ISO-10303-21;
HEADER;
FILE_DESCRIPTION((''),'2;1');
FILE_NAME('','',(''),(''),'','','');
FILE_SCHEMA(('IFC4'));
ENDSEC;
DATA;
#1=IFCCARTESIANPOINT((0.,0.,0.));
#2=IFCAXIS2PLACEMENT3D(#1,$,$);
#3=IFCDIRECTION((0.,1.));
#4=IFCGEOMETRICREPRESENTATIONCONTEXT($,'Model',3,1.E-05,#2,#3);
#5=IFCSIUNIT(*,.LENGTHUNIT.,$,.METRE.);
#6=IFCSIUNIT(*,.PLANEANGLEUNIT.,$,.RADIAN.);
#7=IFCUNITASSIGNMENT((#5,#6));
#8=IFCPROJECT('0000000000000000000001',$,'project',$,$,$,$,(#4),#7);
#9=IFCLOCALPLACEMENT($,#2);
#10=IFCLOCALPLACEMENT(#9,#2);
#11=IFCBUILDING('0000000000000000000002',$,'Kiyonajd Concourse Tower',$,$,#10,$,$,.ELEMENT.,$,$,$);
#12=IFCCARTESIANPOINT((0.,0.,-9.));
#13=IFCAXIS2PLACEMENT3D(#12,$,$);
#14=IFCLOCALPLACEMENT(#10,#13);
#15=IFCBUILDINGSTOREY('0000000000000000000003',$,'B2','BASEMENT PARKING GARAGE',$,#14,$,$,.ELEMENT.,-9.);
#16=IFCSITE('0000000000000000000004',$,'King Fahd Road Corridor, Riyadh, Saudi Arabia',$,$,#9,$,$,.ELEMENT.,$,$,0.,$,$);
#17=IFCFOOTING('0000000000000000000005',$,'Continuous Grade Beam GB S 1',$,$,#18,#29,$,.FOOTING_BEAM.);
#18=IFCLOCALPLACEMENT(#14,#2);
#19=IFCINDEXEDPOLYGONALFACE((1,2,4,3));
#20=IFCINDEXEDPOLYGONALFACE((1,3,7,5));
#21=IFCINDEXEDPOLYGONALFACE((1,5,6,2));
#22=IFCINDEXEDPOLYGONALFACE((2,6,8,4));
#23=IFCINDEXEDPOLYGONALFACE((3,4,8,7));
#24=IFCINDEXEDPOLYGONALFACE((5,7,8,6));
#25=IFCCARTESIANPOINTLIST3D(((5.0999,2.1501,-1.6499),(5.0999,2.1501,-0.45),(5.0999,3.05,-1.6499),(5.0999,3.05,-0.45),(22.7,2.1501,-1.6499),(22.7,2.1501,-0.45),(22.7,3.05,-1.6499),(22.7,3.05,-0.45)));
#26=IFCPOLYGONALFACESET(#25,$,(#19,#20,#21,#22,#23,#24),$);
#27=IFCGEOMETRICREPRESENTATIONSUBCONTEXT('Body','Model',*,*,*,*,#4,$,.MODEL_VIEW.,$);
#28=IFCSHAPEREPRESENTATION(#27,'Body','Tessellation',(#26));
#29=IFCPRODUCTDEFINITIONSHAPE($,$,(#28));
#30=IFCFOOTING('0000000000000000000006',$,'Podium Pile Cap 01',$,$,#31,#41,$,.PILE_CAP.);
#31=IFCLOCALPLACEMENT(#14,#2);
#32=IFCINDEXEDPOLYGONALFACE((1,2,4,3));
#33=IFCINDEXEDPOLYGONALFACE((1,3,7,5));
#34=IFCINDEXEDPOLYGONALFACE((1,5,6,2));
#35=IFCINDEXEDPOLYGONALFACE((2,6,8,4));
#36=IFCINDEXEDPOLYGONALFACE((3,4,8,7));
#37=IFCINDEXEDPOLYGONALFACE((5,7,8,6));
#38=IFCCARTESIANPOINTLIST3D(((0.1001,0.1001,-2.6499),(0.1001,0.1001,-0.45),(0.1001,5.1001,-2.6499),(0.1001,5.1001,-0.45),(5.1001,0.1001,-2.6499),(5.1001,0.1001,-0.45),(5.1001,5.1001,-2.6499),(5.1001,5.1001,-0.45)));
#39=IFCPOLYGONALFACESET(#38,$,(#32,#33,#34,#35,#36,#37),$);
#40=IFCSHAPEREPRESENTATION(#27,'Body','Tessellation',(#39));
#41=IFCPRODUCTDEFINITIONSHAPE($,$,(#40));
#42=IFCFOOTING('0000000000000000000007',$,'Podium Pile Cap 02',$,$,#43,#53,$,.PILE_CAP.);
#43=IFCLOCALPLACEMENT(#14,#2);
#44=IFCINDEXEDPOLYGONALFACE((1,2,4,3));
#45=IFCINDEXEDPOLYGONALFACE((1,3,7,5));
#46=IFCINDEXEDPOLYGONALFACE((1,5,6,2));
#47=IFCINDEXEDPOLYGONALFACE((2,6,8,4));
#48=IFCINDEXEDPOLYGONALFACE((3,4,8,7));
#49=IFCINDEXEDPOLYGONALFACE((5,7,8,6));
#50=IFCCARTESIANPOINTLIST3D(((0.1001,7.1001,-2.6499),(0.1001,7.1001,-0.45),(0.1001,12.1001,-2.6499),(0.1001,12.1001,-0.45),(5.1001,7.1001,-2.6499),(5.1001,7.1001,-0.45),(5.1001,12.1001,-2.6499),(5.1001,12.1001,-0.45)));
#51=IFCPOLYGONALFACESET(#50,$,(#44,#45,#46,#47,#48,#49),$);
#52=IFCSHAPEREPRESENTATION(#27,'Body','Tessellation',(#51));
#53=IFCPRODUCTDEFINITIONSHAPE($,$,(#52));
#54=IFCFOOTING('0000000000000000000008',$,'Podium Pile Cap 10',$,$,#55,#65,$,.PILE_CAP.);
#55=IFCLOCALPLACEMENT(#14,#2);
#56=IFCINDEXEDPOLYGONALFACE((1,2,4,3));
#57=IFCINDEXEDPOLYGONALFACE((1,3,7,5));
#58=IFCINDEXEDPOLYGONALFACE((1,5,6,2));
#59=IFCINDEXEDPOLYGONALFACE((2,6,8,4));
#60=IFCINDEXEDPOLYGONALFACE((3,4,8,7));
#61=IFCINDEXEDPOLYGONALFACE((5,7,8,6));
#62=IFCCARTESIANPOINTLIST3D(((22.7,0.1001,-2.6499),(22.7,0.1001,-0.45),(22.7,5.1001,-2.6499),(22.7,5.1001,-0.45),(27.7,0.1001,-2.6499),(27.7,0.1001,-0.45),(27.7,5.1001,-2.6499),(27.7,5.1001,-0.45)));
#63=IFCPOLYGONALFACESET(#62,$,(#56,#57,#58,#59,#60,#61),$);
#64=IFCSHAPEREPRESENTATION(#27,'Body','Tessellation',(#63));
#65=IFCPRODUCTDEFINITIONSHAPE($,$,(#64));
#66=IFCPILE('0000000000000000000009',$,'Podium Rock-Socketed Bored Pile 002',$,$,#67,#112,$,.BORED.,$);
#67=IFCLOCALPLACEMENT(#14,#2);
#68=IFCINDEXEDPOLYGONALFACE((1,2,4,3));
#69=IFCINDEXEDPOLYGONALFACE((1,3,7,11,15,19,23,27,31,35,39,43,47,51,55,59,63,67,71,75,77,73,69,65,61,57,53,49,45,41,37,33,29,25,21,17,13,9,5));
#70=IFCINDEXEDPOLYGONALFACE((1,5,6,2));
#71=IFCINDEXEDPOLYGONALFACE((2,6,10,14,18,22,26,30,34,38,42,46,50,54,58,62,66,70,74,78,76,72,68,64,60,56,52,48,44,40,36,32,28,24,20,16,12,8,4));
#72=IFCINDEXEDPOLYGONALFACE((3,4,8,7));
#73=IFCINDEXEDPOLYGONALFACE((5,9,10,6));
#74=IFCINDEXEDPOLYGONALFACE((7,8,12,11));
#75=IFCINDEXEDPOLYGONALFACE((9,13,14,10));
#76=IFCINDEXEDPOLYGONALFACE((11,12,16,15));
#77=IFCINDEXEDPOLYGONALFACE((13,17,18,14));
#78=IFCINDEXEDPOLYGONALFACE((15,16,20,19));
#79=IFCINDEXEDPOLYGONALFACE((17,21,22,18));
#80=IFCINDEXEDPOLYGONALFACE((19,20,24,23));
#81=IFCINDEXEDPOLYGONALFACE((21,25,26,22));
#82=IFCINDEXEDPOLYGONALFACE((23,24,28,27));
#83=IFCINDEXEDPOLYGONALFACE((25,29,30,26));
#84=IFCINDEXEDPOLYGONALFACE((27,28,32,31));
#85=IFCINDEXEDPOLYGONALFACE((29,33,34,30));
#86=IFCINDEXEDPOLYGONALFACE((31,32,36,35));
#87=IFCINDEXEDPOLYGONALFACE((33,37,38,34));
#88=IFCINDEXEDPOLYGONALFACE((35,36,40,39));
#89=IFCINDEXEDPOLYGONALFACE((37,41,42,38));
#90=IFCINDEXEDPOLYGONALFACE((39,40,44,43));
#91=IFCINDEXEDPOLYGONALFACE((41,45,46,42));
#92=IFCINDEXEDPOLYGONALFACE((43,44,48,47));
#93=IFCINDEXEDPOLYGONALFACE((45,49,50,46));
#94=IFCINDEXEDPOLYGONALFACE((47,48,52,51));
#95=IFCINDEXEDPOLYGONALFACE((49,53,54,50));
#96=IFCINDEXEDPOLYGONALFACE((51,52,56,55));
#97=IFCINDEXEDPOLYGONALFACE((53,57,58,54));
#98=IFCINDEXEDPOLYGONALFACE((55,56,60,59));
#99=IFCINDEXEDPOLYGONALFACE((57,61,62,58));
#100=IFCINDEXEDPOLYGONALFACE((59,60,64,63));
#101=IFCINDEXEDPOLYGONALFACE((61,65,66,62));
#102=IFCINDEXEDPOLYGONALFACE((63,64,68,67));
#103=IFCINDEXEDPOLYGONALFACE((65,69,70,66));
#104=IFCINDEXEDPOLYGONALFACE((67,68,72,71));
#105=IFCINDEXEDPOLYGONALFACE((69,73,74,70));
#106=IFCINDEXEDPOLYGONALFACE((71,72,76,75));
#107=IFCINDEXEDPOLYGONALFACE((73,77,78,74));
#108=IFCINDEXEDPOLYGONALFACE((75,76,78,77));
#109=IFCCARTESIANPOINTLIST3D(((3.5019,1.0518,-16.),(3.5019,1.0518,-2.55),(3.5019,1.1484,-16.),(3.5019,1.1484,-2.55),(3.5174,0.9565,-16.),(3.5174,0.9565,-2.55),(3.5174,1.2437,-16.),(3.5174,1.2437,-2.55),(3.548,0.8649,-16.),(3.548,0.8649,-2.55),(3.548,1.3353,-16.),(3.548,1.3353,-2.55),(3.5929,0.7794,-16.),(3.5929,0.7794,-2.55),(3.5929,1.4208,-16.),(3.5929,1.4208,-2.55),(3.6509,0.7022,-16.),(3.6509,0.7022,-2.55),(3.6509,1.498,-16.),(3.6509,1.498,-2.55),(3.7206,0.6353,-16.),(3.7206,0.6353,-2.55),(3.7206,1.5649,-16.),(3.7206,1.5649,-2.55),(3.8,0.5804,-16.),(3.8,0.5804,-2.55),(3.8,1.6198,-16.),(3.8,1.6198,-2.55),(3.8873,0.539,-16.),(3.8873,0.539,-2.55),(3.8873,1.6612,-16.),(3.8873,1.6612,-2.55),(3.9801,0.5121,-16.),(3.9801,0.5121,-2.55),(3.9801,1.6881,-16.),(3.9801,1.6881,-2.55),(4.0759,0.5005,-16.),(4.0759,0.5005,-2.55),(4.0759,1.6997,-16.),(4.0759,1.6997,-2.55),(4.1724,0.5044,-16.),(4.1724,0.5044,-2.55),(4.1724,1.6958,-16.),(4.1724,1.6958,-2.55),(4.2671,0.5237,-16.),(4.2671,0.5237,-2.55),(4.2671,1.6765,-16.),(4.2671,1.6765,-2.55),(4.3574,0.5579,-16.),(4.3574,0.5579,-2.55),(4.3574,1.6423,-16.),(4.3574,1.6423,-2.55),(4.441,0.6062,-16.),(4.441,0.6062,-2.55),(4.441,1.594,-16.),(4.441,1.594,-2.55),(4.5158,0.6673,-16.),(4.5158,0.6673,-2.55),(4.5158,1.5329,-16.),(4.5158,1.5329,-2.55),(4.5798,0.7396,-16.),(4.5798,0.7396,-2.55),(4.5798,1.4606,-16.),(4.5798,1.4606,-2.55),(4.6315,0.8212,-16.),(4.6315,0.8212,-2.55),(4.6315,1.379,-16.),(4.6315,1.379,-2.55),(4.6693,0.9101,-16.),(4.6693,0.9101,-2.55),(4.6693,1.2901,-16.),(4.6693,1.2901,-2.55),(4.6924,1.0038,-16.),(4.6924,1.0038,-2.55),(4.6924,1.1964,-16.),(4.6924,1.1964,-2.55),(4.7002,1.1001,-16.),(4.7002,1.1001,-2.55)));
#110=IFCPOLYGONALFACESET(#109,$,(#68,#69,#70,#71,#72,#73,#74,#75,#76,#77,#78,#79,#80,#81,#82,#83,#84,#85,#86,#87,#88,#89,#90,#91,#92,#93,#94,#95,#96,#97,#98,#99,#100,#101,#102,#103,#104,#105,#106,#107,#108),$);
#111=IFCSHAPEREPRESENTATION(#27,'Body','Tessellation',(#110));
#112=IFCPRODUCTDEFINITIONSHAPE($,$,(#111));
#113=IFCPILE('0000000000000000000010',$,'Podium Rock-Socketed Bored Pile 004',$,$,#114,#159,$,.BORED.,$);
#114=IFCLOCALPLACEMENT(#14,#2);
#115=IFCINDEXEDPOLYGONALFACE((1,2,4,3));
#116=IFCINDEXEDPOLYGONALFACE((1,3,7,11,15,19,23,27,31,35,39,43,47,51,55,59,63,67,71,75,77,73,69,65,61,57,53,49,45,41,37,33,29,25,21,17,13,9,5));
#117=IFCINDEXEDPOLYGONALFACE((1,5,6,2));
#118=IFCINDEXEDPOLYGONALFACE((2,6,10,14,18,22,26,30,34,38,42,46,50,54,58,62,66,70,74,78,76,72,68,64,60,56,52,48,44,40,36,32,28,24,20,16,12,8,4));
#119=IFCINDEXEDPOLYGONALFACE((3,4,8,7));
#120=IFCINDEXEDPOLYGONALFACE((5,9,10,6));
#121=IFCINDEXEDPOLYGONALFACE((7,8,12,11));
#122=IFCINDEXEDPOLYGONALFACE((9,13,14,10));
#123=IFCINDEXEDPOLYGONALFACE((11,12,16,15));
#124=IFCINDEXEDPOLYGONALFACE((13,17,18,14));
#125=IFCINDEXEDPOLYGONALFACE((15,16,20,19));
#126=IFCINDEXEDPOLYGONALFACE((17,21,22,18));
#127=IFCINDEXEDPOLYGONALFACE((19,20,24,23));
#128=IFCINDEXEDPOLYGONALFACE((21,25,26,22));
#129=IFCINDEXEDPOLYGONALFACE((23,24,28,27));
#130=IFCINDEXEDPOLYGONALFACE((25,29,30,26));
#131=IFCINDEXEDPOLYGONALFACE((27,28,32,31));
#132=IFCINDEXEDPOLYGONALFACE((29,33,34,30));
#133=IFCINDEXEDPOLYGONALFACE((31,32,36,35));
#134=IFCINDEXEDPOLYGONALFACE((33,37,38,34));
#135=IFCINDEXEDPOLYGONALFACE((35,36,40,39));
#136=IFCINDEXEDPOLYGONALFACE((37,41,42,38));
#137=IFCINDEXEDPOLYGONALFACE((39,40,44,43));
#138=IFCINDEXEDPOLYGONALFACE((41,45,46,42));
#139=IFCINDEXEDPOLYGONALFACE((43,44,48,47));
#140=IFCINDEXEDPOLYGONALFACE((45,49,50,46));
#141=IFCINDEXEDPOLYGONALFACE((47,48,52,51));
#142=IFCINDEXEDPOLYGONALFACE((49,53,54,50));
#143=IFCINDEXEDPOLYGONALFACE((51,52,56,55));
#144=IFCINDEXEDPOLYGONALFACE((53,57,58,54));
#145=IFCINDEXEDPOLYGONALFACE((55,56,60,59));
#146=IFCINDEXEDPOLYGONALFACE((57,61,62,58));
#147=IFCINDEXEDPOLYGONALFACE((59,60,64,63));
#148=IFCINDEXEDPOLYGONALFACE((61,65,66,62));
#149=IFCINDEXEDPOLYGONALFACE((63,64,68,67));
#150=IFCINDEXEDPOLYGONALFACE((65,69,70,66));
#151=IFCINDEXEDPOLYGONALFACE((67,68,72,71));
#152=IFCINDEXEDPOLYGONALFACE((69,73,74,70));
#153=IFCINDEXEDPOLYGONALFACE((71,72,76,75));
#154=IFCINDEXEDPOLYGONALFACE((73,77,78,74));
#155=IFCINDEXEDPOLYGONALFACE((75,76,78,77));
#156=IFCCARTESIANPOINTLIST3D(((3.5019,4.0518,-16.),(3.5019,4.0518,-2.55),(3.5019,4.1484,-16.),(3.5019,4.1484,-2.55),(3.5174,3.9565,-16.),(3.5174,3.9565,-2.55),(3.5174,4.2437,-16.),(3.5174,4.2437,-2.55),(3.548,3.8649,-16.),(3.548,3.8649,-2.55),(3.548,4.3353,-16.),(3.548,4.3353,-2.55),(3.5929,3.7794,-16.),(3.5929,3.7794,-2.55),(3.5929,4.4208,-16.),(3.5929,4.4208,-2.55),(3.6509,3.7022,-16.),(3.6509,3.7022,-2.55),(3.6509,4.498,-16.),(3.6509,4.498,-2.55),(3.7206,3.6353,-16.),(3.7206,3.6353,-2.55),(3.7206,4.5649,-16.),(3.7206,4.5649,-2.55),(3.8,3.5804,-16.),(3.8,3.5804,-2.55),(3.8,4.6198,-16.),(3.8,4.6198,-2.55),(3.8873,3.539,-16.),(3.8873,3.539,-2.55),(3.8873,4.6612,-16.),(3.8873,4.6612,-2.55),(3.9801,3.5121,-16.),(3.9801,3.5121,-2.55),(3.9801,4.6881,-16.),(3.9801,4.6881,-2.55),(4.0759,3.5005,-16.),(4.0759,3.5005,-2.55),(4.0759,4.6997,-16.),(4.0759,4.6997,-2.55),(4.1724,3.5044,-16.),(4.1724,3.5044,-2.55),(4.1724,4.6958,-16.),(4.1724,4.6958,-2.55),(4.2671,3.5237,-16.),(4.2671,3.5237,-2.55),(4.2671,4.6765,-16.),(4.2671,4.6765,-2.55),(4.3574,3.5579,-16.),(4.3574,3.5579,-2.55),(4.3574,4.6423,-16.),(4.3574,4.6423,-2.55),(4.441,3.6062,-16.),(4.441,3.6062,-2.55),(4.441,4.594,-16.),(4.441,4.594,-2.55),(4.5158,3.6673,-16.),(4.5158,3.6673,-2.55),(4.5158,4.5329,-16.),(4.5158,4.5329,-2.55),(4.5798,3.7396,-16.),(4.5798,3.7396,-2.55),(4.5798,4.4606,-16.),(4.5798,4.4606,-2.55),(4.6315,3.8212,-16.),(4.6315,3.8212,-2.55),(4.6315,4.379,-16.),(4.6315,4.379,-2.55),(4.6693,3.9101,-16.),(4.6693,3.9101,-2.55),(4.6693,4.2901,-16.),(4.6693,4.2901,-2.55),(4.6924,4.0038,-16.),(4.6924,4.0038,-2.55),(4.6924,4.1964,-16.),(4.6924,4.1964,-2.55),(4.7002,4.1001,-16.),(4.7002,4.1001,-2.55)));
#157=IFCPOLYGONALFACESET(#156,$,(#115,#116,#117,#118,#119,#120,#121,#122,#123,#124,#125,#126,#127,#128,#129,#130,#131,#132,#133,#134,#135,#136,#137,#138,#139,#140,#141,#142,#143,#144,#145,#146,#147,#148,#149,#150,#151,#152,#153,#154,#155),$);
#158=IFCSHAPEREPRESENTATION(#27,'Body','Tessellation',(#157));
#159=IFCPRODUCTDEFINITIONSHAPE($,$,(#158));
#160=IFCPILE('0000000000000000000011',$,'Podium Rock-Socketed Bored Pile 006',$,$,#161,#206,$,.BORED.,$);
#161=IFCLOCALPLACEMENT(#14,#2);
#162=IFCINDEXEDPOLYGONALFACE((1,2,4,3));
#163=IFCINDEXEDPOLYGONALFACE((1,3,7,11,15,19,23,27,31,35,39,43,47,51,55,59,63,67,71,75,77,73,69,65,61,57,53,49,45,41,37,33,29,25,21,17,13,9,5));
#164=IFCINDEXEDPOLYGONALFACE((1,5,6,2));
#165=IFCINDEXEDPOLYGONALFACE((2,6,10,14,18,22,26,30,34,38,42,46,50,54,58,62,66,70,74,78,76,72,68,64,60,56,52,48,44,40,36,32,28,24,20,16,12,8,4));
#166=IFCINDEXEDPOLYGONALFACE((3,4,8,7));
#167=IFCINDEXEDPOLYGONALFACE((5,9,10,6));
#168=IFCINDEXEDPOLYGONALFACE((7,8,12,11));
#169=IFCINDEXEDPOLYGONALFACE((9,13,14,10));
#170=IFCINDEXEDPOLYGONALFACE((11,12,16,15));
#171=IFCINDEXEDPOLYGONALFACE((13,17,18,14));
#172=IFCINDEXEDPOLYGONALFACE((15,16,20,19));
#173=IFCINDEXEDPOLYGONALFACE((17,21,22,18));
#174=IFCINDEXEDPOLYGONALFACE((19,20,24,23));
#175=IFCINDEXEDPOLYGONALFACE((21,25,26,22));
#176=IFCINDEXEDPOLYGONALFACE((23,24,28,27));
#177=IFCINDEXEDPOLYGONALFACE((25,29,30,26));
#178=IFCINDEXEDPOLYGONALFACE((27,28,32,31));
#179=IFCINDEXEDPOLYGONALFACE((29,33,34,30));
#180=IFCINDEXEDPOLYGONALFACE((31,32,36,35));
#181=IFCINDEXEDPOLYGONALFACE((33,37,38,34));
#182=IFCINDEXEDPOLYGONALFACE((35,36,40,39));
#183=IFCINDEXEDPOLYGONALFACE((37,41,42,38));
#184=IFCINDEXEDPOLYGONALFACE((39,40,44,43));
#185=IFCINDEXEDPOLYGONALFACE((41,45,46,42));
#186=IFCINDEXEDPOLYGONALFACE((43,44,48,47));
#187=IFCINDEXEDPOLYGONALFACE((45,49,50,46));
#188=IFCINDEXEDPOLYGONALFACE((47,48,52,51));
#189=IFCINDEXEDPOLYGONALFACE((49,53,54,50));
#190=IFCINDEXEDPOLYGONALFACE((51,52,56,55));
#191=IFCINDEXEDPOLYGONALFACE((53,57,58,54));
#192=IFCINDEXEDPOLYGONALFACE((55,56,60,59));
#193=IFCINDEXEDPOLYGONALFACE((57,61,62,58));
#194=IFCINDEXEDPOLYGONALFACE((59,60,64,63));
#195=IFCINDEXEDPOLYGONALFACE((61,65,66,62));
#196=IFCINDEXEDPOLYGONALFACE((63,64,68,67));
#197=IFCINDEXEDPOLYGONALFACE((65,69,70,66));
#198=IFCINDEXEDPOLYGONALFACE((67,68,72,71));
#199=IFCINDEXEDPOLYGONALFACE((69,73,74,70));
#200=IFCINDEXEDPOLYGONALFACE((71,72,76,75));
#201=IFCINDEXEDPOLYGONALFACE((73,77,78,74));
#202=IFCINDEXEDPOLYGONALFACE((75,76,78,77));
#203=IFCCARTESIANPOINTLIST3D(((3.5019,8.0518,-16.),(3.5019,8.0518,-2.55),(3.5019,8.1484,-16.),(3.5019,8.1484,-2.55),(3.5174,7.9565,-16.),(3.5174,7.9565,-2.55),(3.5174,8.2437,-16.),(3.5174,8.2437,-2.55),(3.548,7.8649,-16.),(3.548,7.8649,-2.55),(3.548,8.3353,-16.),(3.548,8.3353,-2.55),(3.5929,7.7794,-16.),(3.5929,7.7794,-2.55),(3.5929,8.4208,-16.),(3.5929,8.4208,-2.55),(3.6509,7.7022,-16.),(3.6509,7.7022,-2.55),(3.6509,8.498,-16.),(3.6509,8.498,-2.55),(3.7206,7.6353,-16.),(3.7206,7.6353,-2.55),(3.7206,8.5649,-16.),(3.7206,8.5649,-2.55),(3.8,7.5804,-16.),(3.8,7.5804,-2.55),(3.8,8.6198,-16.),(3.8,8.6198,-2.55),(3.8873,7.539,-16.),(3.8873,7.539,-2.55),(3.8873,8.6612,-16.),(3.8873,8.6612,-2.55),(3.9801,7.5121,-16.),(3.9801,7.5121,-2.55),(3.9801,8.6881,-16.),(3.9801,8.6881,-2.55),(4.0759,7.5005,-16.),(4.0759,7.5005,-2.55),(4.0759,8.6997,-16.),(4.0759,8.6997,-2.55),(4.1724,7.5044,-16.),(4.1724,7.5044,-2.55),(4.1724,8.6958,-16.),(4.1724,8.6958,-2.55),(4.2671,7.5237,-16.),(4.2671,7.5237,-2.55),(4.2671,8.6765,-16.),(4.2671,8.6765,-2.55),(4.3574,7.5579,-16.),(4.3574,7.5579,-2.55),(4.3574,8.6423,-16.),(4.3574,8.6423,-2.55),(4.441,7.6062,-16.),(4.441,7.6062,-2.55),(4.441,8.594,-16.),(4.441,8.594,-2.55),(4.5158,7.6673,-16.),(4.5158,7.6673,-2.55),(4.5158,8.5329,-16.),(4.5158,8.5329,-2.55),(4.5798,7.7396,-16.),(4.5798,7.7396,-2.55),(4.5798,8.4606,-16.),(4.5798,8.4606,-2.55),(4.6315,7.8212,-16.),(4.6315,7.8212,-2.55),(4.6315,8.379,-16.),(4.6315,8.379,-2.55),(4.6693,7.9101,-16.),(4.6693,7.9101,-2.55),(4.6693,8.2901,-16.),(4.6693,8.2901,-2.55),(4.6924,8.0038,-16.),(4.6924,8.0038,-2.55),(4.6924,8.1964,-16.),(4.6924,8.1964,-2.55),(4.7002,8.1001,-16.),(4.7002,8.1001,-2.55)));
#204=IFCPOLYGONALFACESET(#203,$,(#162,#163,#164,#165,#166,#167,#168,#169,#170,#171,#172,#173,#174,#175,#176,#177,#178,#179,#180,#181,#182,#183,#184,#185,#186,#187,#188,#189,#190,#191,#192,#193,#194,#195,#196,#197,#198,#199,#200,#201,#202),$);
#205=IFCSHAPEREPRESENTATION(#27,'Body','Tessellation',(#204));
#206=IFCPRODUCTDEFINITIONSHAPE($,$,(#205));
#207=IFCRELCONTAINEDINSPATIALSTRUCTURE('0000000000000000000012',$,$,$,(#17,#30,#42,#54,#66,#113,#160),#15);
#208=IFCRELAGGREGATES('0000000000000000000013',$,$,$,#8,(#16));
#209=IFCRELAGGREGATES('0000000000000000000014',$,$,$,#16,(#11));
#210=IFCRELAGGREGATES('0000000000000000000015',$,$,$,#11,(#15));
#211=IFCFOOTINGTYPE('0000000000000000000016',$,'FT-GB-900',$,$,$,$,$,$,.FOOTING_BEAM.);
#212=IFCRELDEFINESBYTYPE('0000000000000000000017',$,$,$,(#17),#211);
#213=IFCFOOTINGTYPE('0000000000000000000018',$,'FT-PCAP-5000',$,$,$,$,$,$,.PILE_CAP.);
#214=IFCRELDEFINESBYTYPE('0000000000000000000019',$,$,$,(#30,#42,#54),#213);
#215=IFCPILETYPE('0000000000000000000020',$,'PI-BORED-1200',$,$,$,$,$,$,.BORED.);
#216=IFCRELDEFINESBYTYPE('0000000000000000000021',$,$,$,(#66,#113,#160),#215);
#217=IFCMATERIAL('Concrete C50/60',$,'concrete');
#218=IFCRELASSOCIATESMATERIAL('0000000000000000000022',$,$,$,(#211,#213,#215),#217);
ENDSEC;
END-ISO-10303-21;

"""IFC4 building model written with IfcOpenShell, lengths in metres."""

from ifc_helpers import new_model, si_unit, direction, frame, origin, origin_2d, place, context, subcontext, project, spatial, rectangle, circle, extrude, material, material_profile, profile_set, type_object, element, save


model = new_model("IFC4")

# Units and contexts
model_context = context("Model", 3, precision=1e-05, world=origin(), true_north=direction((0.0, 1.0)))
body_context = subcontext(model_context, "Body", "Model", "MODEL_VIEW")
ifc_project = project(units=[si_unit("LENGTHUNIT", "METRE"), si_unit("PLANEANGLEUNIT", "RADIAN")], contexts=[model_context])

# Site, building, storey
site_placement = place(None, origin())
site = spatial("IfcSite", under=ifc_project, at=site_placement, Name="King Fahd Road Corridor, Riyadh, Saudi Arabia", CompositionType="ELEMENT", RefElevation=0.0)
building_placement = place(site_placement, origin())
building = spatial("IfcBuilding", under=site, at=building_placement, Name="Kiyonajd Concourse Tower", CompositionType="ELEMENT")
storey_placement = place(building_placement, frame((0.0, 0.0, -9.0)))
storey = spatial("IfcBuildingStorey", under=building, at=storey_placement, Name="B2", Description="BASEMENT PARKING GARAGE", CompositionType="ELEMENT", Elevation=-9.0)

# Footings
ifc_material_1 = material(Name="Concrete C50/60", Category="concrete")
footing_type_1 = type_object("IfcFootingType", Name="FT-GB-900", PredefinedType="FOOTING_BEAM", material=ifc_material_1)
footing_placement = place(storey_placement, frame((13.8999, 2.6001, -1.6499), z_axis=(0.0, 0.0, 1.0), x_axis=(1.0, 0.0, 0.0)))
element("IfcFooting", 1, at=footing_placement, inside=storey, type_object=footing_type_1, Name="Continuous Grade Beam GB S 1", PredefinedType="FOOTING_BEAM", context=body_context, shape_type="SweptSolid", body=[
    extrude(rectangle(XDim=17.6001, YDim=0.8999, at=origin_2d()), origin(), (0.0, 0.0, 1.0), 1.2),
])
footing_type_2 = type_object("IfcFootingType", Name="FT-PCAP-5000", PredefinedType="PILE_CAP", material=ifc_material_1)
for number, where, z_axis, x_axis, name in (
    (2, (2.6001, 2.6001, -2.6499), (0.0, 0.0, 1.0), (1.0, 0.0, 0.0), "Podium Pile Cap 01"),
    (3, (2.6001, 9.6001, -2.6499), (0.0, 0.0, 1.0), (1.0, 0.0, 0.0), "Podium Pile Cap 02"),
    (4, (25.2, 2.6001, -2.6499), (0.0, 0.0, 1.0), (1.0, 0.0, 0.0), "Podium Pile Cap 10"),
):
    element("IfcFooting", number, at=place(storey_placement, frame(where, z_axis=z_axis, x_axis=x_axis)), inside=storey, type_object=footing_type_2, Name=name, PredefinedType="PILE_CAP", context=body_context, shape_type="SweptSolid", body=[
        extrude(rectangle(XDim=5.0, YDim=5.0, at=origin_2d()), origin(), (0.0, 0.0, 1.0), 2.2),
    ])

# Piles
ifc_material_profile_1 = material_profile(ifc_material_1, circle(Radius=0.6001, at=origin_2d()), Name="PILE-D1200")
ifc_profile_set_1 = profile_set([ifc_material_profile_1], Name="Concrete C50/60")
pile_type = type_object("IfcPileType", Name="PI-BORED-1200", PredefinedType="BORED", material=ifc_profile_set_1)
for number, where, z_axis, x_axis, name in (
    (5, (4.1001, 1.1001, -2.55), (0.0, 0.0, -1.0), (1.0, 0.0, 0.0), "Podium Rock-Socketed Bored Pile 002"),
    (6, (4.1001, 4.1001, -2.55), (0.0, 0.0, -1.0), (1.0, 0.0, 0.0), "Podium Rock-Socketed Bored Pile 004"),
    (7, (4.1001, 8.1001, -2.55), (0.0, 0.0, -1.0), (1.0, 0.0, 0.0), "Podium Rock-Socketed Bored Pile 006"),
):
    element("IfcPile", number, at=place(storey_placement, frame(where, z_axis=z_axis, x_axis=x_axis)), inside=storey, type_object=pile_type, Name=name, PredefinedType="BORED", context=body_context, shape_type="SweptSolid", body=[
        extrude(circle(Radius=0.6001, at=origin_2d()), origin(), (0.0, 0.0, 1.0), 13.45),
    ])

save(model, "model.ifc")
